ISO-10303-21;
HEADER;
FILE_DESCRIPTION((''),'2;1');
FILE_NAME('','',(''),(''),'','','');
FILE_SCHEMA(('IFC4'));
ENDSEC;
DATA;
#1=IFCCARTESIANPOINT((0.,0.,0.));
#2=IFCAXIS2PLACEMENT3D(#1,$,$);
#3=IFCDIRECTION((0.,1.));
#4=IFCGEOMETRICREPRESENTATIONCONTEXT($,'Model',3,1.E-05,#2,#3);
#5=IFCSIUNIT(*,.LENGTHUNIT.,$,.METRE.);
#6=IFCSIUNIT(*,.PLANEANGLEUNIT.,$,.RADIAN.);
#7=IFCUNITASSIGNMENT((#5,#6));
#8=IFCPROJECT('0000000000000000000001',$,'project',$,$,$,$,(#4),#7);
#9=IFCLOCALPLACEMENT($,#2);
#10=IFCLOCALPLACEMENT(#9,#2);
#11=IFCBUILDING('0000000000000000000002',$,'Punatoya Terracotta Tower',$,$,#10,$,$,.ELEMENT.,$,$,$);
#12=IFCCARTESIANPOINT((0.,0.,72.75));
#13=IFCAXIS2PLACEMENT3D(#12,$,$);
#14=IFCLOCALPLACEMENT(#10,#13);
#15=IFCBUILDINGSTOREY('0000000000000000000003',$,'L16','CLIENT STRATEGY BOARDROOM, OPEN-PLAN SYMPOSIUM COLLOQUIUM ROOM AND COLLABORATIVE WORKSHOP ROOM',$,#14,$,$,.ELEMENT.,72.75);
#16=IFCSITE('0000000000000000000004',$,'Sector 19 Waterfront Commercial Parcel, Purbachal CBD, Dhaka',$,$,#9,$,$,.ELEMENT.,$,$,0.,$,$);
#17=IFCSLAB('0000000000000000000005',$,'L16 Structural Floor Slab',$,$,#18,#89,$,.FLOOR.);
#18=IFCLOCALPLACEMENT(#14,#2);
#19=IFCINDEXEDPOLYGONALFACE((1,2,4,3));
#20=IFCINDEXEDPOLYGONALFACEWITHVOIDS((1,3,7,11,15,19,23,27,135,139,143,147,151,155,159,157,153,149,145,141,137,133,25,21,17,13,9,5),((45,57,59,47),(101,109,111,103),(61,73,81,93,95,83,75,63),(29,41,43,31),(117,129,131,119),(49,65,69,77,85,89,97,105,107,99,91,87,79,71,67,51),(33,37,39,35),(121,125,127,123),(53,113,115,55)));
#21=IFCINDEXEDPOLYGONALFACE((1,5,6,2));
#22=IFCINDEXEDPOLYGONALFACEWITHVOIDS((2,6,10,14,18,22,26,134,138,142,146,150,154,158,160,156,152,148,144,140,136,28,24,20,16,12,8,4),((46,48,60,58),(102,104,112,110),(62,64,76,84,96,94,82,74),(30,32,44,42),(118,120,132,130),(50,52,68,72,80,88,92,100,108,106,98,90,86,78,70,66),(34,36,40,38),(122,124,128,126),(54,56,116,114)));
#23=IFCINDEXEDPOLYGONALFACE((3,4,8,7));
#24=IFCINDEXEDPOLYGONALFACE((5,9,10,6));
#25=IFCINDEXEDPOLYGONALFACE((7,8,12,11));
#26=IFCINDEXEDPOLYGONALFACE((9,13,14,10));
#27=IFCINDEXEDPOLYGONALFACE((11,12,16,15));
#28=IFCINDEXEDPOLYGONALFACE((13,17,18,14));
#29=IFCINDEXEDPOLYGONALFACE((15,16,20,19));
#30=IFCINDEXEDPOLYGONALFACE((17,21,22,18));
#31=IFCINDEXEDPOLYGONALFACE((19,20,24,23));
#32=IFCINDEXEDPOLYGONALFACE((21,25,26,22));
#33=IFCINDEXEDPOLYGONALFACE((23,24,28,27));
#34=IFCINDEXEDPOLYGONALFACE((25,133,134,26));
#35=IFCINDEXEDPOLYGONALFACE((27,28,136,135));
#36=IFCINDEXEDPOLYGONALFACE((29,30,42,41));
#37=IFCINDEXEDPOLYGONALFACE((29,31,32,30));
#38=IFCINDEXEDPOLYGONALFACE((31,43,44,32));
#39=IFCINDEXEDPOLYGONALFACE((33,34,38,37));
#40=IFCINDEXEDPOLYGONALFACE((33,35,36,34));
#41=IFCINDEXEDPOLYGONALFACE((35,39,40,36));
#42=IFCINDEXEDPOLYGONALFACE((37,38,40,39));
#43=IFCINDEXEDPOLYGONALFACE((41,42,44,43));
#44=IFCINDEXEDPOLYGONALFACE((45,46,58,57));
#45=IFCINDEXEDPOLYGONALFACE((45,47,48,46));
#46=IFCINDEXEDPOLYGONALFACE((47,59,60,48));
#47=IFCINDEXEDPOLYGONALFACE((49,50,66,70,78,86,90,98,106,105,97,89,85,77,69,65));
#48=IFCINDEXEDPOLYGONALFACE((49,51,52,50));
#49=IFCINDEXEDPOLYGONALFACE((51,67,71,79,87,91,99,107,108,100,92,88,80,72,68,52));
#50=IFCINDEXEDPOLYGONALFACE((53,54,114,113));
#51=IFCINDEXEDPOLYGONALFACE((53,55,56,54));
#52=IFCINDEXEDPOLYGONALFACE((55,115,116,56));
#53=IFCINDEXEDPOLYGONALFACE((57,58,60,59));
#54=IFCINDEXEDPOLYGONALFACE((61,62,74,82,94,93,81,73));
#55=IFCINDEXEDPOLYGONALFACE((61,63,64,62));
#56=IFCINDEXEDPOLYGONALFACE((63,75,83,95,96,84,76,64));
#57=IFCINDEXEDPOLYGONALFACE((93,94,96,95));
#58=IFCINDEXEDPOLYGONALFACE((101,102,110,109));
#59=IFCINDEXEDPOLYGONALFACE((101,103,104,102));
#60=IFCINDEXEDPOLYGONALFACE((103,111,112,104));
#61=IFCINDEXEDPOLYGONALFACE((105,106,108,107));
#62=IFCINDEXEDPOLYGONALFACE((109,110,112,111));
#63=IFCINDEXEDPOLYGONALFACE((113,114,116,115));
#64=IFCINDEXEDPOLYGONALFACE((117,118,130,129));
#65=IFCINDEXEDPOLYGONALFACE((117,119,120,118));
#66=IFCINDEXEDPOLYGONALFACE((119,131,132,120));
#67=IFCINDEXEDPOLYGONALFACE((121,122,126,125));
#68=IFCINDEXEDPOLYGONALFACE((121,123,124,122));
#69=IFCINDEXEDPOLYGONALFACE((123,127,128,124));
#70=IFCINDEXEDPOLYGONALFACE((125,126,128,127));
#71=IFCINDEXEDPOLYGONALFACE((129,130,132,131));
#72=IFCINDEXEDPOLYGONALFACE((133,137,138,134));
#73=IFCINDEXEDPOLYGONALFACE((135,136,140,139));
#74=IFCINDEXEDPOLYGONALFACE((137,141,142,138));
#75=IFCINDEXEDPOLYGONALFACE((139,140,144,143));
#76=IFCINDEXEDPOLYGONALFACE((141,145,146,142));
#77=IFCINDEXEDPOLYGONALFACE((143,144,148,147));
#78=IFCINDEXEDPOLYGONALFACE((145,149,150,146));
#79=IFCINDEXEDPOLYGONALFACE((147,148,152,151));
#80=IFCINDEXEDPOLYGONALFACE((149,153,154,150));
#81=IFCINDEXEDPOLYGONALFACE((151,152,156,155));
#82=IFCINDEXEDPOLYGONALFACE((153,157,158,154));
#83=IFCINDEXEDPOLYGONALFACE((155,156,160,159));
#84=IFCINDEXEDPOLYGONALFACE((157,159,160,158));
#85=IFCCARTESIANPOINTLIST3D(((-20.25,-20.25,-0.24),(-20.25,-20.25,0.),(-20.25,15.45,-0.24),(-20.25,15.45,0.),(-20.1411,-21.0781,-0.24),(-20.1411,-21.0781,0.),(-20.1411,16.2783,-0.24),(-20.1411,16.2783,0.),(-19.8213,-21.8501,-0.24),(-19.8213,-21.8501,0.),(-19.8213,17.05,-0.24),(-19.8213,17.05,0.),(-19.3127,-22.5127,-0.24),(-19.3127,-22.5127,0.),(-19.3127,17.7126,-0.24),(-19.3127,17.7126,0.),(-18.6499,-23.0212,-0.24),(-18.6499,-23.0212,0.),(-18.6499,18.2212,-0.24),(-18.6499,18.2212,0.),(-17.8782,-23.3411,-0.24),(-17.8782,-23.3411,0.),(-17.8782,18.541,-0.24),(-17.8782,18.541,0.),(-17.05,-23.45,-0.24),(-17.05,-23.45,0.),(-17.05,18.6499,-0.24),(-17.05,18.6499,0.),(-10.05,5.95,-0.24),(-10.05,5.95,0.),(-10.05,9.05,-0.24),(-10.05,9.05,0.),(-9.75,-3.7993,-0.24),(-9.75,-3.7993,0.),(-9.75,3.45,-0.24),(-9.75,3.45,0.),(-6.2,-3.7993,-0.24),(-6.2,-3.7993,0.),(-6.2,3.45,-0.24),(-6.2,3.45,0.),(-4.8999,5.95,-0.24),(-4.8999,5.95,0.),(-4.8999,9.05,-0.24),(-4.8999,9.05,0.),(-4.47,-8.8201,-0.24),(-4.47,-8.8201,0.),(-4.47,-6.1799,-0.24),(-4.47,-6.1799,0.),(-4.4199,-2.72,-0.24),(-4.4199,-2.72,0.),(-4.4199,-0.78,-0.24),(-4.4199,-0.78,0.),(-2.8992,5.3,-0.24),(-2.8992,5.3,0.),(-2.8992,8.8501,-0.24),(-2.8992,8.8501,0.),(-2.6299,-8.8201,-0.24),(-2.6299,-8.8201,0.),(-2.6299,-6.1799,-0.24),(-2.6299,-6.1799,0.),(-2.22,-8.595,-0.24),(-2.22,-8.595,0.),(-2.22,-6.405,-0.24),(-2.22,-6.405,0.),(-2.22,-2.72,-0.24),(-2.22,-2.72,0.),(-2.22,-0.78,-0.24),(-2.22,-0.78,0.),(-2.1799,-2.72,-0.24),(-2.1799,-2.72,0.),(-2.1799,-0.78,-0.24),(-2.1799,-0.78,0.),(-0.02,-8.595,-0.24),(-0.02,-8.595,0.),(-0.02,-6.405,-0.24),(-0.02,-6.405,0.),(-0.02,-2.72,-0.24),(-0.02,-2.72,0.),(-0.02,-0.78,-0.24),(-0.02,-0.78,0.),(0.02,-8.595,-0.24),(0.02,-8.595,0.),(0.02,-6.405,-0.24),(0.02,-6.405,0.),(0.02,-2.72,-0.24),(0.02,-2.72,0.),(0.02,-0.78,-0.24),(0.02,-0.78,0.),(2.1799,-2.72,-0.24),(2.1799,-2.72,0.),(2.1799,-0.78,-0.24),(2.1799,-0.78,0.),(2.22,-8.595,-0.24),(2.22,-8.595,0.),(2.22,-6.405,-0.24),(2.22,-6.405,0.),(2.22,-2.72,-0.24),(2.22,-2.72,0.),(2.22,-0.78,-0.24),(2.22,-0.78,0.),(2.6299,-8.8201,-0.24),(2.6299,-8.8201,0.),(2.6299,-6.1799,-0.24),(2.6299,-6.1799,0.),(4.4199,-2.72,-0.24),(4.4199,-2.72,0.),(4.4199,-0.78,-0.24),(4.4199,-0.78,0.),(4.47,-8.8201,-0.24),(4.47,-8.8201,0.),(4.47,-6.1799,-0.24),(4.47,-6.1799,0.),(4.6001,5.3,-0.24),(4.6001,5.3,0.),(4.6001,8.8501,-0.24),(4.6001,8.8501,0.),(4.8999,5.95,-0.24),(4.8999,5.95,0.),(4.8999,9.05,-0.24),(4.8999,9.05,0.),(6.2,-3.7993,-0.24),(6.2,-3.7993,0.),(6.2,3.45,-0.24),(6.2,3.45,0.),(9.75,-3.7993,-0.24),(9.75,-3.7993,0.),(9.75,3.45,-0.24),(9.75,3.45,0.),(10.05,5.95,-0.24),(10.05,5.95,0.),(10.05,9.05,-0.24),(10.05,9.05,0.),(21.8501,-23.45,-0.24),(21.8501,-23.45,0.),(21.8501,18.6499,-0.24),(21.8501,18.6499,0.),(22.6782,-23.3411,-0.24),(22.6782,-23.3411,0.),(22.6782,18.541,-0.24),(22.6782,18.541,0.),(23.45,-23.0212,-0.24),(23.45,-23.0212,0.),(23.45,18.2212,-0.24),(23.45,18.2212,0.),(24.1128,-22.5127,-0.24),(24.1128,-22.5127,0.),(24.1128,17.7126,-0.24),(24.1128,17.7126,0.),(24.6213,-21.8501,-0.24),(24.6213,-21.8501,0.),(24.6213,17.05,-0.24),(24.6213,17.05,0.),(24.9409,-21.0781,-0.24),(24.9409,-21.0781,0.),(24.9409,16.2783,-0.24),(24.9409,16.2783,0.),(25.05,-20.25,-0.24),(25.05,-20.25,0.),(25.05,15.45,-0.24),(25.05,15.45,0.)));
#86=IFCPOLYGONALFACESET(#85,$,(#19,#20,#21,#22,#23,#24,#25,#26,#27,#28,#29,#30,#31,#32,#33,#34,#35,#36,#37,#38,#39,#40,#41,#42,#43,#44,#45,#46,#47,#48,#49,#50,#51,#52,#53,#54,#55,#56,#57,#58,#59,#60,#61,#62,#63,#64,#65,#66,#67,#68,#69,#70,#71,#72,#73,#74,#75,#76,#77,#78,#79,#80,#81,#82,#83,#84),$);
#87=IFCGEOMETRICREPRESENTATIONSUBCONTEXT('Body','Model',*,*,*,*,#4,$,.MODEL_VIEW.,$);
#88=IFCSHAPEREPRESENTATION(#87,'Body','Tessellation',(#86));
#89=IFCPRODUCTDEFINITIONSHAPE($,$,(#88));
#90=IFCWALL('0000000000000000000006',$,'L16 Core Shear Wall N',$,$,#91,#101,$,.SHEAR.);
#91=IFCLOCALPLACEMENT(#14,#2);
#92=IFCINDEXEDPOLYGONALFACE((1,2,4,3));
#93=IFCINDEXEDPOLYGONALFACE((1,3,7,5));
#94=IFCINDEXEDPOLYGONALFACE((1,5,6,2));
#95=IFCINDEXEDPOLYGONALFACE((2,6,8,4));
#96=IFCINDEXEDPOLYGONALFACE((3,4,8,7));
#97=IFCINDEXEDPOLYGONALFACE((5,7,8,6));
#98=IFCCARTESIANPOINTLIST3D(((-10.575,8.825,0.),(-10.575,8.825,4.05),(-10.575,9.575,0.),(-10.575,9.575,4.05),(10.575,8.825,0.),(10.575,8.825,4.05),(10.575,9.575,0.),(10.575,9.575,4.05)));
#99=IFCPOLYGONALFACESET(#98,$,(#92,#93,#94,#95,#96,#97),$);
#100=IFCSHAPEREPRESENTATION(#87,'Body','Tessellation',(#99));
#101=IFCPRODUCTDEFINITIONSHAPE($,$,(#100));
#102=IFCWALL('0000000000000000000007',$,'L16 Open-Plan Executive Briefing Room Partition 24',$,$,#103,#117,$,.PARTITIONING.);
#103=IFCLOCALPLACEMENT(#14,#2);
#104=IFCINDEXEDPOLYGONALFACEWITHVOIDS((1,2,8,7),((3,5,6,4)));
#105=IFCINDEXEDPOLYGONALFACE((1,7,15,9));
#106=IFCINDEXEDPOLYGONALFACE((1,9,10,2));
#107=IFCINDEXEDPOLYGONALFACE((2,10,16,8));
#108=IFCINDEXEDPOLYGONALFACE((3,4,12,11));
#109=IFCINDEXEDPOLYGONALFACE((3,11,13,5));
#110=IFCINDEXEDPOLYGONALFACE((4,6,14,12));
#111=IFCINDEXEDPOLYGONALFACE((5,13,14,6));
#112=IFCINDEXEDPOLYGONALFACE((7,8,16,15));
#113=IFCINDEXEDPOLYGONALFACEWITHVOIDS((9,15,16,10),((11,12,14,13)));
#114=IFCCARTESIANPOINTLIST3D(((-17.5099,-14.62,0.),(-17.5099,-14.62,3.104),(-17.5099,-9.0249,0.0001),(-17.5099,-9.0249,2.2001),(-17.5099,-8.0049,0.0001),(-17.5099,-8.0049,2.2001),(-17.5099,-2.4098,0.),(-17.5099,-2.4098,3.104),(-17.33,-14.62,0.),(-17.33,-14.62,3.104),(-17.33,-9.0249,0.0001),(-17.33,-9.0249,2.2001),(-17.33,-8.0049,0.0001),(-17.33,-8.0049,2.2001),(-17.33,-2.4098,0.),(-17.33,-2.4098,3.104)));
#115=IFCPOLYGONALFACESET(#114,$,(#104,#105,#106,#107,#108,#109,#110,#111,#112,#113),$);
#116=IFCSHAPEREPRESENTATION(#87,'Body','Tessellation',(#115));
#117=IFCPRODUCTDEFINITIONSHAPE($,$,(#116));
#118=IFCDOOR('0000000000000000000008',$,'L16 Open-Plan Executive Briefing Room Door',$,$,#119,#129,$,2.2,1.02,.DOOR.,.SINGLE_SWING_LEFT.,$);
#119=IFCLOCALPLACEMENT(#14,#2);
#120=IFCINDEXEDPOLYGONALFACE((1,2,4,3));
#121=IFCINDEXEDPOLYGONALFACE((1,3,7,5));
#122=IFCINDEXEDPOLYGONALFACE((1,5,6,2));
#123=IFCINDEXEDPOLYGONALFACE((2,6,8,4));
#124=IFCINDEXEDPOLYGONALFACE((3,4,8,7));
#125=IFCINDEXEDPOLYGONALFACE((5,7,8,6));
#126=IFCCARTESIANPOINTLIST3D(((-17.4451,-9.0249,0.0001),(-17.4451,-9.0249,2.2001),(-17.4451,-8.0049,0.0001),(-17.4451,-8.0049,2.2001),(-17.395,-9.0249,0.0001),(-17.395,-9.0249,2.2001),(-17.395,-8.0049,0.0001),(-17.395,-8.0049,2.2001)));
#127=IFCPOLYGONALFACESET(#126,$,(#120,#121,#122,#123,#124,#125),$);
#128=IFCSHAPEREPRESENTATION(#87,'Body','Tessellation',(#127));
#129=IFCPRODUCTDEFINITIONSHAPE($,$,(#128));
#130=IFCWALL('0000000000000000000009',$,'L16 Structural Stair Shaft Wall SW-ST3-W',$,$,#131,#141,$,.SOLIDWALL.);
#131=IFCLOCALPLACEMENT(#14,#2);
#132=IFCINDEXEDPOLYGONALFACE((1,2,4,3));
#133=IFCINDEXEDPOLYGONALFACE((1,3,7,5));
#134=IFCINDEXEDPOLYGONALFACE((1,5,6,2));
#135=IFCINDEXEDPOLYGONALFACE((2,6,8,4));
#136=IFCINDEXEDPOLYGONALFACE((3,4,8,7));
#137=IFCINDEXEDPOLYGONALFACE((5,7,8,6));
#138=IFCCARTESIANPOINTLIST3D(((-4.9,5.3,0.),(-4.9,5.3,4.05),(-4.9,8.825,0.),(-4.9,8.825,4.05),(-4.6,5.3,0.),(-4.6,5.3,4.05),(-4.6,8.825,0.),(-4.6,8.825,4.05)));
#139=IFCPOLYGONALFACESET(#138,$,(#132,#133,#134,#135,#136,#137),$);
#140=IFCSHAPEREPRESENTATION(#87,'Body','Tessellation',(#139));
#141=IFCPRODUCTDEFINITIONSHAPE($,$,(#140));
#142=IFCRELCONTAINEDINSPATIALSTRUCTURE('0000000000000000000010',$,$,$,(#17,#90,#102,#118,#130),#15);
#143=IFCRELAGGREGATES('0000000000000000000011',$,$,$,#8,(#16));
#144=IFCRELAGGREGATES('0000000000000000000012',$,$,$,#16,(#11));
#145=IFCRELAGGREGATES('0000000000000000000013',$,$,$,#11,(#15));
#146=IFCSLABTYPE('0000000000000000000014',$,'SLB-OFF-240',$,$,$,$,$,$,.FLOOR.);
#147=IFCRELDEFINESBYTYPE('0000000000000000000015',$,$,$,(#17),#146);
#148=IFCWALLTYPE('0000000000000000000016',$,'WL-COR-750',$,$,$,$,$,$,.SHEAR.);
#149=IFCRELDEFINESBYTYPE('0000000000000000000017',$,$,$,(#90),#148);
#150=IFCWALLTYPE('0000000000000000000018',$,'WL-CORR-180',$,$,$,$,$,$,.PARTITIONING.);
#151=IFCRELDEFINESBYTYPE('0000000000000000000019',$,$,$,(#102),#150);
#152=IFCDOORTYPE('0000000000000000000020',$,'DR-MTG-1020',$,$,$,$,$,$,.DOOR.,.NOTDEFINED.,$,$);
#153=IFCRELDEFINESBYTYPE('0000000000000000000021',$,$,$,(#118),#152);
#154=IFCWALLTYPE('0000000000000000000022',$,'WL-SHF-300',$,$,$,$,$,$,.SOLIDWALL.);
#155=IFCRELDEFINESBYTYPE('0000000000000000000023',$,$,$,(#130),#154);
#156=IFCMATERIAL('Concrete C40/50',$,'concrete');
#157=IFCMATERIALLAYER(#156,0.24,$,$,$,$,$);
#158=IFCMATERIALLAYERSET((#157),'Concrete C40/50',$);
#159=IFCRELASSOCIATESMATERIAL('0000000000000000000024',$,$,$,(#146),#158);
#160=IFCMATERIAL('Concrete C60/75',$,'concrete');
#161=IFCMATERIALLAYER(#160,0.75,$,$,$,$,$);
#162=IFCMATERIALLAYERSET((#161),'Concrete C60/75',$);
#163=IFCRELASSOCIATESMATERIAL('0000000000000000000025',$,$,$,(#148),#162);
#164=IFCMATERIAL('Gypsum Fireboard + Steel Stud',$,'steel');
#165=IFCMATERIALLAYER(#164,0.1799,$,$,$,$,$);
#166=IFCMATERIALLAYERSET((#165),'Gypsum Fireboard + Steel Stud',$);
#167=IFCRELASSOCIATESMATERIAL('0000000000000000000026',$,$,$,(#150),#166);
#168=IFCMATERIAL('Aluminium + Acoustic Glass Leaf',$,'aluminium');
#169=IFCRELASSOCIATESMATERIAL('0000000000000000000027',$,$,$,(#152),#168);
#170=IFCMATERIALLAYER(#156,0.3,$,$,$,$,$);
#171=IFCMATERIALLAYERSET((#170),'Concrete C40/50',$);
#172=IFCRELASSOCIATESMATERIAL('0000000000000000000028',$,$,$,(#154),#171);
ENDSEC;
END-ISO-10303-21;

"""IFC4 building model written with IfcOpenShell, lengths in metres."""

from ifc_helpers import new_model, si_unit, direction, frame, frame_2d, origin, place, context, subcontext, project, spatial, polyline, rectangle, outline, extrude, material, layer, layer_set, type_object, element, fill, save


model = new_model("IFC4")

# Units and contexts
model_context = context("Model", 3, precision=1e-05, world=origin(), true_north=direction((0.0, 1.0)))
body_context = subcontext(model_context, "Body", "Model", "MODEL_VIEW")
ifc_project = project(units=[si_unit("LENGTHUNIT", "METRE"), si_unit("PLANEANGLEUNIT", "RADIAN")], contexts=[model_context])

# Site, building, storey
site_placement = place(None, origin())
site = spatial("IfcSite", under=ifc_project, at=site_placement, Name="Sector 19 Waterfront Commercial Parcel, Purbachal CBD, Dhaka", CompositionType="ELEMENT", RefElevation=0.0)
building_placement = place(site_placement, origin())
building = spatial("IfcBuilding", under=site, at=building_placement, Name="Punatoya Terracotta Tower", CompositionType="ELEMENT")
storey_placement = place(building_placement, frame((0.0, 0.0, 72.75)))
storey = spatial("IfcBuildingStorey", under=building, at=storey_placement, Name="L16", Description="CLIENT STRATEGY BOARDROOM, OPEN-PLAN SYMPOSIUM COLLOQUIUM ROOM AND COLLABORATIVE WORKSHOP ROOM", CompositionType="ELEMENT", Elevation=72.75)

# Shared definitions
ifc_material_1 = material(Name="Concrete C60/75", Category="concrete")

# Shared definitions
ifc_material_2 = material(Name="Concrete C40/50", Category="concrete")

# Slab
ifc_layer_1 = layer(ifc_material_2, 0.24)
ifc_layer_set_1 = layer_set([ifc_layer_1], Name="Concrete C40/50")
slab_type_1 = type_object("IfcSlabType", Name="SLB-OFF-240", PredefinedType="FLOOR", material=ifc_layer_set_1)
slab_1_placement = place(storey_placement, frame((0.0, 0.0, -0.24)))
element("IfcSlab", 1, at=slab_1_placement, inside=storey, type_object=slab_type_1, Name="L16 Structural Floor Slab", PredefinedType="FLOOR", context=body_context, shape_type="SweptSolid", body=[
    extrude(outline(polyline([(-17.05, -23.45), (-17.8782, -23.3411), (-18.6499, -23.0212), (-19.3127, -22.5127), (-19.8213, -21.8501), (-20.1411, -21.0781), (-20.25, -20.25), (-20.25, 15.45), (-20.1411, 16.2783), (-19.8213, 17.05), (-19.3127, 17.7126), (-18.6499, 18.2212), (-17.8782, 18.541), (-17.05, 18.6499), (21.8501, 18.6499), (22.6782, 18.541), (23.45, 18.2212), (24.1128, 17.7126), (24.6213, 17.05), (24.9409, 16.2783), (25.05, 15.45), (25.05, -20.25), (24.9409, -21.0781), (24.6213, -21.8501), (24.1128, -22.5127), (23.45, -23.0212), (22.6782, -23.3411), (21.8501, -23.45), (-17.05, -23.45)]), holes=[polyline([(-2.6299, -6.1799), (-4.47, -6.1799), (-4.47, -8.8201), (-2.6299, -8.8201), (-2.6299, -6.1799)]), polyline([(0.02, -8.595), (2.22, -8.595), (2.22, -6.405), (0.02, -6.405), (-0.02, -6.405), (-2.22, -6.405), (-2.22, -8.595), (-0.02, -8.595), (0.02, -8.595)]), polyline([(-2.22, -2.72), (-2.1799, -2.72), (-0.02, -2.72), (0.02, -2.72), (2.1799, -2.72), (2.22, -2.72), (4.4199, -2.72), (4.4199, -0.78), (2.22, -0.78), (2.1799, -0.78), (0.02, -0.78), (-0.02, -0.78), (-2.1799, -0.78), (-2.22, -0.78), (-4.4199, -0.78), (-4.4199, -2.72), (-2.22, -2.72)]), polyline([(-6.2, 3.45), (-9.75, 3.45), (-9.75, -3.7993), (-6.2, -3.7993), (-6.2, 3.45)]), polyline([(4.6001, 5.3), (4.6001, 8.8501), (-2.8992, 8.8501), (-2.8992, 5.3), (4.6001, 5.3)]), polyline([(-4.8999, 9.05), (-10.05, 9.05), (-10.05, 5.95), (-4.8999, 5.95), (-4.8999, 9.05)]), polyline([(4.47, -8.8201), (4.47, -6.1799), (2.6299, -6.1799), (2.6299, -8.8201), (4.47, -8.8201)]), polyline([(9.75, 3.45), (6.2, 3.45), (6.2, -3.7993), (9.75, -3.7993), (9.75, 3.45)]), polyline([(10.05, 5.95), (10.05, 9.05), (4.8999, 9.05), (4.8999, 5.95), (10.05, 5.95)])]), origin(), (0.0, 0.0, 1.0), 0.24),
])

# Wall
ifc_layer_2 = layer(ifc_material_1, 0.75)
ifc_layer_set_2 = layer_set([ifc_layer_2], Name="Concrete C60/75")
wall_type_1 = type_object("IfcWallType", Name="WL-COR-750", PredefinedType="SHEAR", material=ifc_layer_set_2)
wall_1_placement = place(storey_placement, frame((-10.575, 9.2, 0.0), z_axis=(0.0, 0.0, 1.0), x_axis=(1.0, 0.0, 0.0)))
element("IfcWall", 2, at=wall_1_placement, inside=storey, type_object=wall_type_1, Name="L16 Core Shear Wall N", PredefinedType="SHEAR", context=body_context, shape_type="SweptSolid", body=[
    extrude(rectangle(XDim=21.1499, YDim=0.75, at=frame_2d((10.575, 0.0))), origin(), (0.0, 0.0, 1.0), 4.05),
])

# Wall, opening, door
ifc_material_3 = material(Name="Gypsum Fireboard + Steel Stud", Category="steel")
ifc_layer_3 = layer(ifc_material_3, 0.1799)
ifc_layer_set_3 = layer_set([ifc_layer_3], Name="Gypsum Fireboard + Steel Stud")
wall_type_2 = type_object("IfcWallType", Name="WL-CORR-180", PredefinedType="PARTITIONING", material=ifc_layer_set_3)
wall_2_placement = place(storey_placement, frame((-17.4199, -2.4099, 0.0), z_axis=(0.0, 0.0, 1.0), x_axis=(0.0, -1.0, 0.0)))
wall_2 = element("IfcWall", 3, at=wall_2_placement, inside=storey, type_object=wall_type_2, Name="L16 Open-Plan Executive Briefing Room Partition 24", PredefinedType="PARTITIONING", context=body_context, shape_type="SweptSolid", body=[
    extrude(rectangle(XDim=12.2102, YDim=0.1799, at=frame_2d((6.105, 0.0))), origin(), (0.0, 0.0, 1.0), 3.104),
])
opening_1_placement = place(wall_2_placement, frame((5.595, 0.0, 0.0)))
opening_1 = element("IfcOpeningElement", 4, at=opening_1_placement, cuts=wall_2, PredefinedType="OPENING", context=body_context, shape_type="SweptSolid", body=[
    extrude(rectangle(XDim=1.02, YDim=2.2, at=frame_2d((0.51, 1.1001))), frame((0.0, 0.0999, 0.0), z_axis=(0.0, -1.0, 0.0), x_axis=(1.0, 0.0, 0.0)), (0.0, 0.0, 1.0), 0.2),
])
ifc_material_4 = material(Name="Aluminium + Acoustic Glass Leaf", Category="aluminium")
door_type_1 = type_object("IfcDoorType", Name="DR-MTG-1020", OperationType="NOTDEFINED", PredefinedType="DOOR", material=ifc_material_4)
door_1_placement = place(opening_1_placement, origin())
door_1 = element("IfcDoor", 5, at=door_1_placement, inside=storey, type_object=door_type_1, Name="L16 Open-Plan Executive Briefing Room Door", OperationType="SINGLE_SWING_LEFT", OverallHeight=2.2, OverallWidth=1.02, PredefinedType="DOOR", context=body_context, shape_type="SweptSolid", body=[
    extrude(rectangle(XDim=1.02, YDim=2.2, at=frame_2d((0.51, 1.1001))), frame((0.0, 0.0249, 0.0), z_axis=(0.0, -1.0, 0.0), x_axis=(1.0, 0.0, 0.0)), (0.0, 0.0, 1.0), 0.05),
])
fill(opening_1, door_1)

# Wall
ifc_layer_4 = layer(ifc_material_2, 0.3)
ifc_layer_set_4 = layer_set([ifc_layer_4], Name="Concrete C40/50")
wall_type_3 = type_object("IfcWallType", Name="WL-SHF-300", PredefinedType="SOLIDWALL", material=ifc_layer_set_4)
wall_3_placement = place(storey_placement, frame((-4.75, 5.3, 0.0), z_axis=(0.0, 0.0, 1.0), x_axis=(0.0, 1.0, 0.0)))
element("IfcWall", 6, at=wall_3_placement, inside=storey, type_object=wall_type_3, Name="L16 Structural Stair Shaft Wall SW-ST3-W", PredefinedType="SOLIDWALL", context=body_context, shape_type="SweptSolid", body=[
    extrude(rectangle(XDim=3.5249, YDim=0.3, at=frame_2d((1.7625, 0.0))), origin(), (0.0, 0.0, 1.0), 4.05),
])

save(model, "model.ifc")
